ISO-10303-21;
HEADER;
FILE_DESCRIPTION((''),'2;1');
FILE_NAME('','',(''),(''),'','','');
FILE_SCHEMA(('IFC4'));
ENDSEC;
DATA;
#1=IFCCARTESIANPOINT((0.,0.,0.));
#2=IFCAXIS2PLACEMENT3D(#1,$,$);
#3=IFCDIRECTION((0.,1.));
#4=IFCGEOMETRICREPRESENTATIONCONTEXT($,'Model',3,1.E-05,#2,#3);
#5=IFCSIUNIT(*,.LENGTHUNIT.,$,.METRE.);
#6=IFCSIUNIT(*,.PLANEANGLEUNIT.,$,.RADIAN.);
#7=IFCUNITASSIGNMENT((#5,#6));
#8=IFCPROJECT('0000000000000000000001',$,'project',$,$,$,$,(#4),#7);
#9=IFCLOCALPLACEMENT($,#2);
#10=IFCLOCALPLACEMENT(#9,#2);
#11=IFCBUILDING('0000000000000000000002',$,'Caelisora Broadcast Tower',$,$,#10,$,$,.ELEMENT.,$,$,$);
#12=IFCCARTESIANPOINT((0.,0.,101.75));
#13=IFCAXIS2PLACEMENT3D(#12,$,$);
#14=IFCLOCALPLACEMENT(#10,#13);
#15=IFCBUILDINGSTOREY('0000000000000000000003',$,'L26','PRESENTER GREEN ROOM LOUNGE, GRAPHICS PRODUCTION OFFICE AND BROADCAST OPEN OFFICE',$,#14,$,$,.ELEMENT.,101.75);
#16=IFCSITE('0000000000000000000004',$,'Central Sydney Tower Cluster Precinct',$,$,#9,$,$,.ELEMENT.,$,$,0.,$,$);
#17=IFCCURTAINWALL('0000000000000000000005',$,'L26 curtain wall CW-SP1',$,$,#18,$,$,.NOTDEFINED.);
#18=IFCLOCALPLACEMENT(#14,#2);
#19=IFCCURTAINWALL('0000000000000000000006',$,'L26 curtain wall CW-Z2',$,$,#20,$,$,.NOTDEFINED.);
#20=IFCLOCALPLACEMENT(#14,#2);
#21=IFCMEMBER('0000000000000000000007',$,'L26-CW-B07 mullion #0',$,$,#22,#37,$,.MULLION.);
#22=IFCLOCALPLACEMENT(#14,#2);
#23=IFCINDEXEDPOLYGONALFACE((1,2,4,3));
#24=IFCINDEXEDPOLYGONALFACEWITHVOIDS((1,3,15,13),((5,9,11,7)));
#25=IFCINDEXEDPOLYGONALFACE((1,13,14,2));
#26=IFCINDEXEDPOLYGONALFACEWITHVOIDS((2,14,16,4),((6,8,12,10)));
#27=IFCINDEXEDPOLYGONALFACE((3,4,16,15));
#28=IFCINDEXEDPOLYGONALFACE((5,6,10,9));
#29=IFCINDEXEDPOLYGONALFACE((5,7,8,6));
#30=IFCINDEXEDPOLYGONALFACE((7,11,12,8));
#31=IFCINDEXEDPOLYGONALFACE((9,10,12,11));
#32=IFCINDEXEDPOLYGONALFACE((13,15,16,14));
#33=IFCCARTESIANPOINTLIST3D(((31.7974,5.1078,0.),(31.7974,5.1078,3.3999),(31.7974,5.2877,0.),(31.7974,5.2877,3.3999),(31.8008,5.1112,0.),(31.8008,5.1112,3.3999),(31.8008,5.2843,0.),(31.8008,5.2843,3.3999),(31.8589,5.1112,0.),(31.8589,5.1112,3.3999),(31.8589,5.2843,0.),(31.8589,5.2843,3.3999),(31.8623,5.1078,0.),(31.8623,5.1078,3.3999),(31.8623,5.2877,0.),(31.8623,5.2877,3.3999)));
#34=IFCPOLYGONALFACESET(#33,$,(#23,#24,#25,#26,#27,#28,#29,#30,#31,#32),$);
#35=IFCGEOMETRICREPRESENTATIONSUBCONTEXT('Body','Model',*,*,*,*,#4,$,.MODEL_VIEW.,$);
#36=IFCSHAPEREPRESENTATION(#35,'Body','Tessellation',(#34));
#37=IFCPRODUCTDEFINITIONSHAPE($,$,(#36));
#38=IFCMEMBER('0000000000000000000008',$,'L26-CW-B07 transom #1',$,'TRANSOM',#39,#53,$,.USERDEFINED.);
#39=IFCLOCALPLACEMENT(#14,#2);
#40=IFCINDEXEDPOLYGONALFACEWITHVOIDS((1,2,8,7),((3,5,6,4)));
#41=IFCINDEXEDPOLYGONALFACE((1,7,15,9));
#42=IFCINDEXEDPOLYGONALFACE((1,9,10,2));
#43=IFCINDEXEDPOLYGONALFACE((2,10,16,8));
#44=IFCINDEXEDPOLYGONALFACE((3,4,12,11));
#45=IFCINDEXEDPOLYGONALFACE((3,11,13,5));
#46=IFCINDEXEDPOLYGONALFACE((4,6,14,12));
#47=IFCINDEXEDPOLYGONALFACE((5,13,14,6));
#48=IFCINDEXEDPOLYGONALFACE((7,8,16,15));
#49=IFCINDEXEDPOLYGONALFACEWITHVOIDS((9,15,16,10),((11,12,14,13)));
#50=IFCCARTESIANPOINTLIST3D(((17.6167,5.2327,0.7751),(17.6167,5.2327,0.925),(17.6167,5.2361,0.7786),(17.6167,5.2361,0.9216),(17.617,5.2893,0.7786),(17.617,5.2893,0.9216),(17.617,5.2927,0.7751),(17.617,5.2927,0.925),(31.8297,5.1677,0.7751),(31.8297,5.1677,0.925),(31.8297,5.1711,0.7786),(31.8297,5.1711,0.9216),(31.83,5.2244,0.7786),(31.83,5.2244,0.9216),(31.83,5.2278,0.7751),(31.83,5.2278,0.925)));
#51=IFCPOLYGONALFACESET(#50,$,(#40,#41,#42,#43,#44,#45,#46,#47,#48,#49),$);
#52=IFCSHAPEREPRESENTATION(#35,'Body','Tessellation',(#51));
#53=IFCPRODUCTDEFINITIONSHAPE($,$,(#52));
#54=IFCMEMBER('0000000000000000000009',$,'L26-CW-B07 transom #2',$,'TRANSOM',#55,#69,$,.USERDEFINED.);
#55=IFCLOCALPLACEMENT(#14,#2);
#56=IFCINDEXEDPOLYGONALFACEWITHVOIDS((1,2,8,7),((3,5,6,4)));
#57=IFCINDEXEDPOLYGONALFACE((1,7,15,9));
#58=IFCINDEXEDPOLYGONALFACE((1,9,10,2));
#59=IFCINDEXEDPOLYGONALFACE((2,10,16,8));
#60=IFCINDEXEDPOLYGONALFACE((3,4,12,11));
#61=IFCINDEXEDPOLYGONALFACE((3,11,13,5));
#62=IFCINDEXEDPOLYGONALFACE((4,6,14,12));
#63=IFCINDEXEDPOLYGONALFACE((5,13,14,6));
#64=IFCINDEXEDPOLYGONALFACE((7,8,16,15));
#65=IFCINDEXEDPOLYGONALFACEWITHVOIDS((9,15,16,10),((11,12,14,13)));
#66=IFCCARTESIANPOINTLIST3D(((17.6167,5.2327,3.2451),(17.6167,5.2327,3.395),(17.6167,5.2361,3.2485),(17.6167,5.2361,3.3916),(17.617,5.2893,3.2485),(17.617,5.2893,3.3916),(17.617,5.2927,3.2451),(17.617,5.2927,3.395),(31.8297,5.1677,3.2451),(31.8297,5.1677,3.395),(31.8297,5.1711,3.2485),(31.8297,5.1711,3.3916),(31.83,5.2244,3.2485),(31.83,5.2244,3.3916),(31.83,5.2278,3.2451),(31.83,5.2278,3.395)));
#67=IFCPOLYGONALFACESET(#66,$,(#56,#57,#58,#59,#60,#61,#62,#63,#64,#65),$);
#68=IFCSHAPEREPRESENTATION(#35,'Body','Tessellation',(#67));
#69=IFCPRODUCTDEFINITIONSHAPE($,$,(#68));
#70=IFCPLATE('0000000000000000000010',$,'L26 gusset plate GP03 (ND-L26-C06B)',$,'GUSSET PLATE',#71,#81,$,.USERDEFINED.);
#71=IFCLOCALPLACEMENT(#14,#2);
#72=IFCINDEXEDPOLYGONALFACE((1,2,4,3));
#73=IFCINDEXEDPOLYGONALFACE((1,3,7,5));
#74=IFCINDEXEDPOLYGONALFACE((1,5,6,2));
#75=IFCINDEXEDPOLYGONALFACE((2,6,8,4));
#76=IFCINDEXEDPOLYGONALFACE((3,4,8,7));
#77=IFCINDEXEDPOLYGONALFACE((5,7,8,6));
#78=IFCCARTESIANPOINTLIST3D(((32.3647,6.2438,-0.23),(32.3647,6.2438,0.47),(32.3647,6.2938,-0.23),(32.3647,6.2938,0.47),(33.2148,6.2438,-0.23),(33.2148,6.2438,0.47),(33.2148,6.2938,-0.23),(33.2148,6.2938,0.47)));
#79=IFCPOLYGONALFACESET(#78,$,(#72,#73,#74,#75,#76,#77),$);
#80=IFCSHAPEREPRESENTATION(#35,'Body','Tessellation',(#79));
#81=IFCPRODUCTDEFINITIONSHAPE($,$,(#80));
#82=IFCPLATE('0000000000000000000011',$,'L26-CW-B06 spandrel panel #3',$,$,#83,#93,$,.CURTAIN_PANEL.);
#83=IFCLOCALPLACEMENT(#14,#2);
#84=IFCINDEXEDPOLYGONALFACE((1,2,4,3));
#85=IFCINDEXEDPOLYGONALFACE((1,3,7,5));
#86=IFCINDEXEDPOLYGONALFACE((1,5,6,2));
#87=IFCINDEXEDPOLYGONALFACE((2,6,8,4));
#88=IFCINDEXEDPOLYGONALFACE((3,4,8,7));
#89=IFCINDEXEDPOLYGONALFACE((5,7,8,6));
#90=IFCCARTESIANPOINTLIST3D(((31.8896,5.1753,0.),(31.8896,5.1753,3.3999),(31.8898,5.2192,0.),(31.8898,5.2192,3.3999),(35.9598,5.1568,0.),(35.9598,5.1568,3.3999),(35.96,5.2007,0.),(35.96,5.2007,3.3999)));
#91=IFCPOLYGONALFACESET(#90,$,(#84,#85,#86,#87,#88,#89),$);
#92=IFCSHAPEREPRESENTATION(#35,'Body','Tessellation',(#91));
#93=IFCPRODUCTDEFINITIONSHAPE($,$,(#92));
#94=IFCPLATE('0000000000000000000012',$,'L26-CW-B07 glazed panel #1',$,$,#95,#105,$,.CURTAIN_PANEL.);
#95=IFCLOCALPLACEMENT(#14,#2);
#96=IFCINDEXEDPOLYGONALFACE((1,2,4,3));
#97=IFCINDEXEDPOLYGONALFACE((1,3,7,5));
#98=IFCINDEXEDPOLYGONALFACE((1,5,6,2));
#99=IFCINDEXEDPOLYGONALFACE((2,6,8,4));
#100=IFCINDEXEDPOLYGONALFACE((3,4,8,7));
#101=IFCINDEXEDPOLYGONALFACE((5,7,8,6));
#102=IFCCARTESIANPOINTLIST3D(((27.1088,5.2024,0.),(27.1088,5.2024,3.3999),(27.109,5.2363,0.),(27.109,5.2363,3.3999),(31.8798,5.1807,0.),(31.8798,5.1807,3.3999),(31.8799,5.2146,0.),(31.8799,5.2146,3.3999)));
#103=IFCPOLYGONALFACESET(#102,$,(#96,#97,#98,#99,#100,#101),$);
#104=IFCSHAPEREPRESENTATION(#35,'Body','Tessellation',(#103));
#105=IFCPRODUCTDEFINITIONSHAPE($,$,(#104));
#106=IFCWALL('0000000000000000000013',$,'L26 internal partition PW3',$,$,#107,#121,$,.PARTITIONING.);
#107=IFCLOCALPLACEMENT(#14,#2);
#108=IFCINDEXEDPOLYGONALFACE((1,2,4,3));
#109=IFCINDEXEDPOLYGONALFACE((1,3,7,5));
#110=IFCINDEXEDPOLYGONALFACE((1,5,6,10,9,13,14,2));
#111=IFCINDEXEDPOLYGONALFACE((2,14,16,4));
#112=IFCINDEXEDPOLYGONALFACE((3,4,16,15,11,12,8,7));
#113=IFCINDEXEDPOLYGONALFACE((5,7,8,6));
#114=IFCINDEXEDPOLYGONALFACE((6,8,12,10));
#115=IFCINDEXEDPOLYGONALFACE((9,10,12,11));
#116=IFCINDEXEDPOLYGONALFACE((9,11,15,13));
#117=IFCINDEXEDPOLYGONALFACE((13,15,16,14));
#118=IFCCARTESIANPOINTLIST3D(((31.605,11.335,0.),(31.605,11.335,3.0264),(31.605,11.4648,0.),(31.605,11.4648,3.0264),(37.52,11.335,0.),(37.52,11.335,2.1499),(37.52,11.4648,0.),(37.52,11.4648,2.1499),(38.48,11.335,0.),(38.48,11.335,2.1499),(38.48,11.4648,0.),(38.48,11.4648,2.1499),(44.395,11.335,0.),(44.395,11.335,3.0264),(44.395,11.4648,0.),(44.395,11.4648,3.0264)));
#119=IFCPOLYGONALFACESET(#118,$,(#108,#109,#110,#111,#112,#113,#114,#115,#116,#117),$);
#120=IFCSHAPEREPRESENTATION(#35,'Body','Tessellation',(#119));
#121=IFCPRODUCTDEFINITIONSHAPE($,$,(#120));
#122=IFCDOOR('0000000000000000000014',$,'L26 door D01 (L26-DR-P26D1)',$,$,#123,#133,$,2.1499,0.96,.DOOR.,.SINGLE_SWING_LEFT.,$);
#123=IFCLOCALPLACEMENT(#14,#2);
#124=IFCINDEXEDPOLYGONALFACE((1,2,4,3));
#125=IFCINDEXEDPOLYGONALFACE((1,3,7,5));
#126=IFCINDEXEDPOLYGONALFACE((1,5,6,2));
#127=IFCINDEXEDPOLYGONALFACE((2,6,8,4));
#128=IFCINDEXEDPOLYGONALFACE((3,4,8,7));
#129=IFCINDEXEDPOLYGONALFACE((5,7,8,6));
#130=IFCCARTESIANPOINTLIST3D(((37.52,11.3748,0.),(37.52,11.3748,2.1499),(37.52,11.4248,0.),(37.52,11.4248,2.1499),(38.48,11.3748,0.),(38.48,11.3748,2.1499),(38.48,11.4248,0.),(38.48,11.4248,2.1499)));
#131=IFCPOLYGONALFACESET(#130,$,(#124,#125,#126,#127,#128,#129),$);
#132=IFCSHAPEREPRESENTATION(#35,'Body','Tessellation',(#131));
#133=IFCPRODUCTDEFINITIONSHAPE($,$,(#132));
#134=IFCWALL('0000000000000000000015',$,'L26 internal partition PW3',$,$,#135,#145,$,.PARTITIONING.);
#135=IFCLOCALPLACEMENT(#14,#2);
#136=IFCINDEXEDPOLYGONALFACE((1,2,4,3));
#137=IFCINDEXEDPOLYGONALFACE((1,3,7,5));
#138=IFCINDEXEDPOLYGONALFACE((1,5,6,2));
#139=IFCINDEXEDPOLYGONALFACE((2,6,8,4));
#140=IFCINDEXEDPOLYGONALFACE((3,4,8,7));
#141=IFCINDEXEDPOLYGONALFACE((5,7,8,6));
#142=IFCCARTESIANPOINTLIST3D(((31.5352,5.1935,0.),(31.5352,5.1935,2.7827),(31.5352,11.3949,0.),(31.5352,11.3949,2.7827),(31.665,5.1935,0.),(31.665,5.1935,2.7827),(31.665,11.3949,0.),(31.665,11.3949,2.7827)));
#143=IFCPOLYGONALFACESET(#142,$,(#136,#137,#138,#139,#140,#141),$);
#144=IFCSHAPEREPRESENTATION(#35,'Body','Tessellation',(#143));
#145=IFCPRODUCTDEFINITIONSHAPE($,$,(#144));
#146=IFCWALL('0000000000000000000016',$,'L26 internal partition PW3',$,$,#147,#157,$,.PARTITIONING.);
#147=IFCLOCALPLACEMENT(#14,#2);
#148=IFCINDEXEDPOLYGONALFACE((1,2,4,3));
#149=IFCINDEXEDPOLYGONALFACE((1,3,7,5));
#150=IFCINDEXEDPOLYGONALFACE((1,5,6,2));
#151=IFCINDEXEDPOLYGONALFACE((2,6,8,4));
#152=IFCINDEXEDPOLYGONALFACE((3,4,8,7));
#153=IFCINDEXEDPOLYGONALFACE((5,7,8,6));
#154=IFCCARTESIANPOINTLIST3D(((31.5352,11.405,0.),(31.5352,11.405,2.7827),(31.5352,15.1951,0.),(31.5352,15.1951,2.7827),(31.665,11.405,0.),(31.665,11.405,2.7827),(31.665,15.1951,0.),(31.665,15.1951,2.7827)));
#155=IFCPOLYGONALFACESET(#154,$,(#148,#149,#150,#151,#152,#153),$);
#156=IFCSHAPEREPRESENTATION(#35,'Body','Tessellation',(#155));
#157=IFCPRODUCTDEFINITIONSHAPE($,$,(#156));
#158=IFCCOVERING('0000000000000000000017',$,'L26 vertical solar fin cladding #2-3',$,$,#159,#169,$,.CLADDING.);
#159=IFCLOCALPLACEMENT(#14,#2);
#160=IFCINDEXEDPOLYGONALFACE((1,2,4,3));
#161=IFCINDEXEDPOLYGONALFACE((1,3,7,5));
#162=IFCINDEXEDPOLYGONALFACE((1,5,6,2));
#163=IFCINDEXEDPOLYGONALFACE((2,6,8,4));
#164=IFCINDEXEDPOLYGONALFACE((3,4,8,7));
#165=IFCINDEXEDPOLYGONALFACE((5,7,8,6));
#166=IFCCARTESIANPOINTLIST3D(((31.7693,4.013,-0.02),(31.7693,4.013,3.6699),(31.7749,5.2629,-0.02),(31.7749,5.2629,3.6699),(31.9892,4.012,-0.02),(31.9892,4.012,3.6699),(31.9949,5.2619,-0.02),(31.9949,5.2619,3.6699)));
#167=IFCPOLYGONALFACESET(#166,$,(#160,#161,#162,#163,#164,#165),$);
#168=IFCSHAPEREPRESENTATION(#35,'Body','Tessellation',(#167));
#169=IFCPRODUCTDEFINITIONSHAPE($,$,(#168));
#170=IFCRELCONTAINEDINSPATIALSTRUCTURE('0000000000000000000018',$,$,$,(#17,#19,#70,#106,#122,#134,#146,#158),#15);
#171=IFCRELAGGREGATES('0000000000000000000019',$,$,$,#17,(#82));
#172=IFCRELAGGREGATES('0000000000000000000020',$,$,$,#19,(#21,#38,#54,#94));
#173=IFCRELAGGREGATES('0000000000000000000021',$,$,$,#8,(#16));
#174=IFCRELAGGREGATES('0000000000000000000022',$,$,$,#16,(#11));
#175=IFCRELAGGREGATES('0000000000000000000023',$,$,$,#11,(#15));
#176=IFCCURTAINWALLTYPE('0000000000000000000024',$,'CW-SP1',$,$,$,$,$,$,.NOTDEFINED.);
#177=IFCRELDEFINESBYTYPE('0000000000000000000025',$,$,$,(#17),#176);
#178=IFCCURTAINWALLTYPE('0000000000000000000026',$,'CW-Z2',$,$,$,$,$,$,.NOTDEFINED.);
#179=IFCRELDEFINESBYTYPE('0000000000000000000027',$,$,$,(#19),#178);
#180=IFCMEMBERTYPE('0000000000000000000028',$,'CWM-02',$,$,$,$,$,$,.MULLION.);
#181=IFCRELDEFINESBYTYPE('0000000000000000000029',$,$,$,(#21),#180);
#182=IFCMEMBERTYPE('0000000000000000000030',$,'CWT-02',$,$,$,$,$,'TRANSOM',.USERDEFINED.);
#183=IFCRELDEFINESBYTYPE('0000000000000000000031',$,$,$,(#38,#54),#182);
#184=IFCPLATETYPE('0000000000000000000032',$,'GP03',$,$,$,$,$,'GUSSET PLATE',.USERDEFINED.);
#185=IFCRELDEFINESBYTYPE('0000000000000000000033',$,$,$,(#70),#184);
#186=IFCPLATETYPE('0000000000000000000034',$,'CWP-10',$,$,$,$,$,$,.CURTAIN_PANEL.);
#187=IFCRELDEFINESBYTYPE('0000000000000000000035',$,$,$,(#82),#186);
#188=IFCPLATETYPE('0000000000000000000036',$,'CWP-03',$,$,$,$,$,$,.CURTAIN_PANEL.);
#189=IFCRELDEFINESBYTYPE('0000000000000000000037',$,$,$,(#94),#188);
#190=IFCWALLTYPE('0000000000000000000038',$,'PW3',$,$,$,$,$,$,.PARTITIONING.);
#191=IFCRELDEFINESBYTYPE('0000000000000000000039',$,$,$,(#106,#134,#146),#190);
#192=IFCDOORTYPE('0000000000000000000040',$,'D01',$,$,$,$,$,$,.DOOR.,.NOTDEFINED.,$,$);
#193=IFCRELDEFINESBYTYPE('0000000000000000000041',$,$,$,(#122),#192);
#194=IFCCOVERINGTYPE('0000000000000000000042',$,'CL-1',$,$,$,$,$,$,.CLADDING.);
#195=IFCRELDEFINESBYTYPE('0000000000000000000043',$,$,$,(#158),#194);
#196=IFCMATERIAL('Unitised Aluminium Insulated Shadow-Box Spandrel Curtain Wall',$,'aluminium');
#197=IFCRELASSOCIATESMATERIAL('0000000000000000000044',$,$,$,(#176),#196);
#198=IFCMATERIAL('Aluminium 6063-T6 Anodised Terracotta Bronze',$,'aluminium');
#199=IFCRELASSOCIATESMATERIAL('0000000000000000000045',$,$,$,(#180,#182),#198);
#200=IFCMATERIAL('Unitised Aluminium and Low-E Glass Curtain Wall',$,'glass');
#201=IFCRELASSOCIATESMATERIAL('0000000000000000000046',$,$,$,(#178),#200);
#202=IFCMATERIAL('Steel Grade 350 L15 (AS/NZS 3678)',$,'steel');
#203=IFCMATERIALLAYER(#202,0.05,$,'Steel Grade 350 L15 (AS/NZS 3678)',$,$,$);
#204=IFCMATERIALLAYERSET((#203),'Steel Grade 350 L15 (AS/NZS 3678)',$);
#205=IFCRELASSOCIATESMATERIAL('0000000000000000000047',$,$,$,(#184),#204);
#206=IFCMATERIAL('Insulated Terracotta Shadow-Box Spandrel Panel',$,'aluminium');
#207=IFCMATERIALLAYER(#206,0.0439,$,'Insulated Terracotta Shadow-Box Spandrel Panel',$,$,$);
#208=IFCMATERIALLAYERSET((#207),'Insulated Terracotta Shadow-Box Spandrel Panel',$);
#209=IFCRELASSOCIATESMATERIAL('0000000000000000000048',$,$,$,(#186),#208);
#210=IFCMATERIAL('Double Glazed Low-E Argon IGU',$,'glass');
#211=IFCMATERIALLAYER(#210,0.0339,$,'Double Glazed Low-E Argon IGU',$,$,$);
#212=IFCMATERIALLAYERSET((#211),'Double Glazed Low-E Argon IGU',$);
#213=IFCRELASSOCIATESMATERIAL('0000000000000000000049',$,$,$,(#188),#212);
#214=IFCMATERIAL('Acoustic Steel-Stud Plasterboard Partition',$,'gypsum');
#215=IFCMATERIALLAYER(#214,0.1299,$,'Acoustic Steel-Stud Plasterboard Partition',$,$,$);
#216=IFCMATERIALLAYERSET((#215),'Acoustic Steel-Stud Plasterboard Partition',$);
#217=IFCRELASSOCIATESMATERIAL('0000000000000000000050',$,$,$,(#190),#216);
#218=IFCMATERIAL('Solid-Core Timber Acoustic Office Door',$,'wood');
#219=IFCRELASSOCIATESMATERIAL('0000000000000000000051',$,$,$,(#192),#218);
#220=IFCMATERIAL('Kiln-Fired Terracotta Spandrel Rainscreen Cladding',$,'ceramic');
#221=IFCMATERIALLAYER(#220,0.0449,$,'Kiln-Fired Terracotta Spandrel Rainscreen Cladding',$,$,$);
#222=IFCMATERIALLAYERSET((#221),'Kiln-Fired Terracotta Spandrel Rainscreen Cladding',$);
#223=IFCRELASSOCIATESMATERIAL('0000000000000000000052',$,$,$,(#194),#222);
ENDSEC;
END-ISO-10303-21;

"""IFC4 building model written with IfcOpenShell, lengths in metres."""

from ifc_helpers import new_model, si_unit, direction, frame, frame_2d, origin, origin_2d, place, context, subcontext, project, spatial, rectangle, hollow_rectangle, extrude, source, transform, mapped, material, layer, layer_set, material_profile, profile_set, type_object, type_shapes, element, fill, aggregate, save


model = new_model("IFC4")

# Units and contexts
model_context = context("Model", 3, precision=1e-05, world=origin(), true_north=direction((0.0, 1.0)))
body_context = subcontext(model_context, "Body", "Model", "MODEL_VIEW")
ifc_project = project(units=[si_unit("LENGTHUNIT", "METRE"), si_unit("PLANEANGLEUNIT", "RADIAN")], contexts=[model_context])

# Site, building, storey
site_placement = place(None, origin())
site = spatial("IfcSite", under=ifc_project, at=site_placement, Name="Central Sydney Tower Cluster Precinct", CompositionType="ELEMENT", RefElevation=0.0)
building_placement = place(site_placement, origin())
building = spatial("IfcBuilding", under=site, at=building_placement, Name="Caelisora Broadcast Tower", CompositionType="ELEMENT")
storey_placement = place(building_placement, frame((0.0, 0.0, 101.75)))
storey = spatial("IfcBuildingStorey", under=building, at=storey_placement, Name="L26", Description="PRESENTER GREEN ROOM LOUNGE, GRAPHICS PRODUCTION OFFICE AND BROADCAST OPEN OFFICE", CompositionType="ELEMENT", Elevation=101.75)

# Shared definitions
ifc_material_1 = material(Name="Steel Grade 350 L15 (AS/NZS 3678)", Category="steel")

# Curtain walls, members
ifc_material_2 = material(Name="Unitised Aluminium Insulated Shadow-Box Spandrel Curtain Wall", Category="aluminium")
curtain_wall_type_1 = type_object("IfcCurtainWallType", Name="CW-SP1", PredefinedType="NOTDEFINED", material=ifc_material_2)
curtain_wall_1_placement = place(storey_placement, origin())
curtain_wall_1 = element("IfcCurtainWall", 1, at=curtain_wall_1_placement, inside=storey, type_object=curtain_wall_type_1, Name="L26 curtain wall CW-SP1", PredefinedType="NOTDEFINED")
ifc_material_3 = material(Name="Aluminium 6063-T6 Anodised Terracotta Bronze", Category="aluminium")
ifc_material_profile_1 = material_profile(ifc_material_3, hollow_rectangle(XDim=0.0649, YDim=0.1799, WallThickness=0.0034, at=origin_2d()), Name="Aluminium 6063-T6 Anodised Terracotta Bronze")
ifc_profile_set_1 = profile_set([ifc_material_profile_1], Name="Aluminium 6063-T6 Anodised Terracotta Bronze")
member_type_1 = type_object("IfcMemberType", Name="CWM-02", PredefinedType="MULLION", material=ifc_profile_set_1)
shared_shape_1 = source(origin(), body_context, "Body", "SweptSolid", [
    extrude(hollow_rectangle(XDim=0.0649, YDim=0.1799, WallThickness=0.0034, at=origin_2d()), origin(), (0.0, 0.0, 1.0), 3.3999),
])
type_shapes(member_type_1, [shared_shape_1])
ifc_material_4 = material(Name="Unitised Aluminium and Low-E Glass Curtain Wall", Category="glass")
curtain_wall_type_2 = type_object("IfcCurtainWallType", Name="CW-Z2", PredefinedType="NOTDEFINED", material=ifc_material_4)
curtain_wall_2_placement = place(storey_placement, origin())
curtain_wall_2 = element("IfcCurtainWall", 2, at=curtain_wall_2_placement, inside=storey, type_object=curtain_wall_type_2, Name="L26 curtain wall CW-Z2", PredefinedType="NOTDEFINED")
member_1_placement = place(storey_placement, frame((31.8298, 5.1978, 0.0), z_axis=(0.0, 0.0, 1.0), x_axis=(1.0, 0.0, 0.0)))
member_1 = element("IfcMember", 3, at=member_1_placement, type_object=member_type_1, Name="L26-CW-B07 mullion #0", PredefinedType="MULLION", context=body_context, shape_type="MappedRepresentation", body=[
    mapped(shared_shape_1, transform((0.0, 0.0, 0.0), scale=1.0)),
])
ifc_material_profile_2 = material_profile(ifc_material_3, hollow_rectangle(XDim=0.0601, YDim=0.1499, WallThickness=0.0034, at=origin_2d()), Name="Aluminium 6063-T6 Anodised Terracotta Bronze")
ifc_profile_set_2 = profile_set([ifc_material_profile_2], Name="Aluminium 6063-T6 Anodised Terracotta Bronze")
member_type_2 = type_object("IfcMemberType", Name="CWT-02", ElementType="TRANSOM", PredefinedType="USERDEFINED", material=ifc_profile_set_2)
shared_shape_2 = source(origin(), body_context, "Body", "SweptSolid", [
    extrude(hollow_rectangle(XDim=0.0601, YDim=0.1499, WallThickness=0.0034, at=origin_2d()), origin(), (0.0, 0.0, 1.0), 14.2131),
])
type_shapes(member_type_2, [shared_shape_2])
member_2_placement = place(storey_placement, frame((31.8298, 5.1978, 0.8501), z_axis=(-0.99999, 0.004569, 0.0), x_axis=(-0.004569, -0.99999, 0.0)))
member_2 = element("IfcMember", 4, at=member_2_placement, type_object=member_type_2, Name="L26-CW-B07 transom #1", ObjectType="TRANSOM", PredefinedType="USERDEFINED", context=body_context, shape_type="MappedRepresentation", body=[
    mapped(shared_shape_2, transform((0.0, 0.0, 0.0), scale=1.0)),
])
member_3_placement = place(storey_placement, frame((31.8298, 5.1978, 3.3201), z_axis=(-0.99999, 0.004569, 0.0), x_axis=(-0.004569, -0.99999, 0.0)))
member_3 = element("IfcMember", 5, at=member_3_placement, type_object=member_type_2, Name="L26-CW-B07 transom #2", ObjectType="TRANSOM", PredefinedType="USERDEFINED", context=body_context, shape_type="MappedRepresentation", body=[
    mapped(shared_shape_2, transform((0.0, 0.0, 0.0), scale=1.0)),
])

# Plates
ifc_layer_1 = layer(ifc_material_1, 0.05, Name="Steel Grade 350 L15 (AS/NZS 3678)")
ifc_layer_set_1 = layer_set([ifc_layer_1], Name="Steel Grade 350 L15 (AS/NZS 3678)")
plate_type_1 = type_object("IfcPlateType", Name="GP03", ElementType="GUSSET PLATE", PredefinedType="USERDEFINED", material=ifc_layer_set_1)
shared_shape_3 = source(origin(), body_context, "Body", "SweptSolid", [
    extrude(rectangle(XDim=0.8501, YDim=0.05, at=origin_2d()), origin(), (0.0, 0.0, 1.0), 0.7),
])
type_shapes(plate_type_1, [shared_shape_3])
plate_1_placement = place(storey_placement, frame((32.7898, 6.2688, -0.23), z_axis=(0.0, 0.0, 1.0), x_axis=(1.0, 0.0, 0.0)))
element("IfcPlate", 6, at=plate_1_placement, inside=storey, type_object=plate_type_1, Name="L26 gusset plate GP03 (ND-L26-C06B)", ObjectType="GUSSET PLATE", PredefinedType="USERDEFINED", context=body_context, shape_type="MappedRepresentation", body=[
    mapped(shared_shape_3, transform((0.0, 0.0, 0.0), scale=1.0)),
])
ifc_material_5 = material(Name="Insulated Terracotta Shadow-Box Spandrel Panel", Category="aluminium")
ifc_layer_2 = layer(ifc_material_5, 0.0439, Name="Insulated Terracotta Shadow-Box Spandrel Panel")
ifc_layer_set_2 = layer_set([ifc_layer_2], Name="Insulated Terracotta Shadow-Box Spandrel Panel")
plate_type_2 = type_object("IfcPlateType", Name="CWP-10", PredefinedType="CURTAIN_PANEL", material=ifc_layer_set_2)
shared_shape_4 = source(origin(), body_context, "Body", "SweptSolid", [
    extrude(rectangle(XDim=4.0703, YDim=0.0439, at=origin_2d()), origin(), (0.0, 0.0, 1.0), 3.3999),
])
type_shapes(plate_type_2, [shared_shape_4])
plate_2_placement = place(storey_placement, frame((33.9248, 5.188, 0.0), z_axis=(0.0, 0.0, 1.0), x_axis=(-0.99999, 0.004538, 0.0)))
plate_2 = element("IfcPlate", 7, at=plate_2_placement, type_object=plate_type_2, Name="L26-CW-B06 spandrel panel #3", PredefinedType="CURTAIN_PANEL", context=body_context, shape_type="MappedRepresentation", body=[
    mapped(shared_shape_4, transform((0.0, 0.0, 0.0), scale=1.0)),
])
aggregate(curtain_wall_1, [plate_2])
ifc_material_6 = material(Name="Double Glazed Low-E Argon IGU", Category="glass")
ifc_layer_3 = layer(ifc_material_6, 0.0339, Name="Double Glazed Low-E Argon IGU")
ifc_layer_set_3 = layer_set([ifc_layer_3], Name="Double Glazed Low-E Argon IGU")
plate_type_3 = type_object("IfcPlateType", Name="CWP-03", PredefinedType="CURTAIN_PANEL", material=ifc_layer_set_3)
shared_shape_5 = source(origin(), body_context, "Body", "SweptSolid", [
    extrude(rectangle(XDim=4.771, YDim=0.0339, at=origin_2d()), origin(), (0.0, 0.0, 1.0), 3.3999),
])
type_shapes(plate_type_3, [shared_shape_5])
plate_3_placement = place(storey_placement, frame((29.4944, 5.2085, 0.0), z_axis=(0.0, 0.0, 1.0), x_axis=(-0.99999, 0.004538, 0.0)))
plate_3 = element("IfcPlate", 8, at=plate_3_placement, type_object=plate_type_3, Name="L26-CW-B07 glazed panel #1", PredefinedType="CURTAIN_PANEL", context=body_context, shape_type="MappedRepresentation", body=[
    mapped(shared_shape_5, transform((0.0, 0.0, 0.0), scale=1.0)),
])
aggregate(curtain_wall_2, [member_1, member_2, member_3, plate_3])

# Wall, opening, door
ifc_material_7 = material(Name="Acoustic Steel-Stud Plasterboard Partition", Category="gypsum")
ifc_layer_4 = layer(ifc_material_7, 0.1299, Name="Acoustic Steel-Stud Plasterboard Partition")
ifc_layer_set_4 = layer_set([ifc_layer_4], Name="Acoustic Steel-Stud Plasterboard Partition")
wall_type = type_object("IfcWallType", Name="PW3", PredefinedType="PARTITIONING", material=ifc_layer_set_4)
wall_1_placement = place(storey_placement, frame((31.605, 11.3999, 0.0), z_axis=(0.0, 0.0, 1.0), x_axis=(1.0, 0.0, 0.0)))
wall_1 = element("IfcWall", 9, at=wall_1_placement, inside=storey, type_object=wall_type, Name="L26 internal partition PW3", PredefinedType="PARTITIONING", context=body_context, shape_type="SweptSolid", body=[
    extrude(rectangle(XDim=12.79, YDim=0.1299, at=frame_2d((6.395, 0.0))), origin(), (0.0, 0.0, 1.0), 3.0264),
])
opening_placement = place(wall_1_placement, frame((5.915, 0.0, 0.0)))
opening = element("IfcOpeningElement", 10, at=opening_placement, cuts=wall_1, PredefinedType="OPENING", context=body_context, shape_type="SweptSolid", body=[
    extrude(rectangle(XDim=0.96, YDim=2.1499, at=frame_2d((0.48, 1.075))), frame((0.0, 0.0769, 0.0), z_axis=(0.0, -1.0, 0.0), x_axis=(1.0, 0.0, 0.0)), (0.0, 0.0, 1.0), 0.1538),
])
ifc_material_8 = material(Name="Solid-Core Timber Acoustic Office Door", Category="wood")
door_type = type_object("IfcDoorType", Name="D01", OperationType="NOTDEFINED", PredefinedType="DOOR", material=ifc_material_8)
door_placement = place(opening_placement, origin())
door = element("IfcDoor", 11, at=door_placement, inside=storey, type_object=door_type, Name="L26 door D01 (L26-DR-P26D1)", OperationType="SINGLE_SWING_LEFT", OverallHeight=2.1499, OverallWidth=0.96, PredefinedType="DOOR", context=body_context, shape_type="SweptSolid", body=[
    extrude(rectangle(XDim=0.96, YDim=2.1499, at=frame_2d((0.48, 1.075))), frame((0.0, 0.0249, 0.0), z_axis=(0.0, -1.0, 0.0), x_axis=(1.0, 0.0, 0.0)), (0.0, 0.0, 1.0), 0.05),
])
fill(opening, door)

# Walls
wall_2_placement = place(storey_placement, frame((31.6001, 5.1936, 0.0), z_axis=(0.0, 0.0, 1.0), x_axis=(0.0, 1.0, 0.0)))
element("IfcWall", 12, at=wall_2_placement, inside=storey, type_object=wall_type, Name="L26 internal partition PW3", PredefinedType="PARTITIONING", context=body_context, shape_type="SweptSolid", body=[
    extrude(rectangle(XDim=6.2014, YDim=0.1299, at=frame_2d((3.1006, 0.0))), origin(), (0.0, 0.0, 1.0), 2.7827),
])
wall_3_placement = place(storey_placement, frame((31.6001, 11.405, 0.0), z_axis=(0.0, 0.0, 1.0), x_axis=(0.0, 1.0, 0.0)))
element("IfcWall", 13, at=wall_3_placement, inside=storey, type_object=wall_type, Name="L26 internal partition PW3", PredefinedType="PARTITIONING", context=body_context, shape_type="SweptSolid", body=[
    extrude(rectangle(XDim=3.79, YDim=0.1299, at=frame_2d((1.895, 0.0))), origin(), (0.0, 0.0, 1.0), 2.7827),
])

# Covering
ifc_material_9 = material(Name="Kiln-Fired Terracotta Spandrel Rainscreen Cladding", Category="ceramic")
ifc_layer_5 = layer(ifc_material_9, 0.0449, Name="Kiln-Fired Terracotta Spandrel Rainscreen Cladding")
ifc_layer_set_5 = layer_set([ifc_layer_5], Name="Kiln-Fired Terracotta Spandrel Rainscreen Cladding")
covering_type = type_object("IfcCoveringType", Name="CL-1", PredefinedType="CLADDING", material=ifc_layer_set_5)
shared_shape_6 = source(origin(), body_context, "Body", "SweptSolid", [
    extrude(rectangle(XDim=0.22, YDim=1.25, at=origin_2d()), origin(), (0.0, 0.0, 1.0), 3.6899),
])
covering_1_placement = place(storey_placement, frame((31.8821, 4.6375, -0.02), z_axis=(0.0, 0.0, 1.0), x_axis=(-0.99999, 0.004538, 0.0)))
element("IfcCovering", 14, at=covering_1_placement, inside=storey, type_object=covering_type, Name="L26 vertical solar fin cladding #2-3", PredefinedType="CLADDING", context=body_context, shape_type="MappedRepresentation", body=[
    mapped(shared_shape_6, transform((0.0, 0.0, 0.0), scale=1.0)),
])

save(model, "model.ifc")
